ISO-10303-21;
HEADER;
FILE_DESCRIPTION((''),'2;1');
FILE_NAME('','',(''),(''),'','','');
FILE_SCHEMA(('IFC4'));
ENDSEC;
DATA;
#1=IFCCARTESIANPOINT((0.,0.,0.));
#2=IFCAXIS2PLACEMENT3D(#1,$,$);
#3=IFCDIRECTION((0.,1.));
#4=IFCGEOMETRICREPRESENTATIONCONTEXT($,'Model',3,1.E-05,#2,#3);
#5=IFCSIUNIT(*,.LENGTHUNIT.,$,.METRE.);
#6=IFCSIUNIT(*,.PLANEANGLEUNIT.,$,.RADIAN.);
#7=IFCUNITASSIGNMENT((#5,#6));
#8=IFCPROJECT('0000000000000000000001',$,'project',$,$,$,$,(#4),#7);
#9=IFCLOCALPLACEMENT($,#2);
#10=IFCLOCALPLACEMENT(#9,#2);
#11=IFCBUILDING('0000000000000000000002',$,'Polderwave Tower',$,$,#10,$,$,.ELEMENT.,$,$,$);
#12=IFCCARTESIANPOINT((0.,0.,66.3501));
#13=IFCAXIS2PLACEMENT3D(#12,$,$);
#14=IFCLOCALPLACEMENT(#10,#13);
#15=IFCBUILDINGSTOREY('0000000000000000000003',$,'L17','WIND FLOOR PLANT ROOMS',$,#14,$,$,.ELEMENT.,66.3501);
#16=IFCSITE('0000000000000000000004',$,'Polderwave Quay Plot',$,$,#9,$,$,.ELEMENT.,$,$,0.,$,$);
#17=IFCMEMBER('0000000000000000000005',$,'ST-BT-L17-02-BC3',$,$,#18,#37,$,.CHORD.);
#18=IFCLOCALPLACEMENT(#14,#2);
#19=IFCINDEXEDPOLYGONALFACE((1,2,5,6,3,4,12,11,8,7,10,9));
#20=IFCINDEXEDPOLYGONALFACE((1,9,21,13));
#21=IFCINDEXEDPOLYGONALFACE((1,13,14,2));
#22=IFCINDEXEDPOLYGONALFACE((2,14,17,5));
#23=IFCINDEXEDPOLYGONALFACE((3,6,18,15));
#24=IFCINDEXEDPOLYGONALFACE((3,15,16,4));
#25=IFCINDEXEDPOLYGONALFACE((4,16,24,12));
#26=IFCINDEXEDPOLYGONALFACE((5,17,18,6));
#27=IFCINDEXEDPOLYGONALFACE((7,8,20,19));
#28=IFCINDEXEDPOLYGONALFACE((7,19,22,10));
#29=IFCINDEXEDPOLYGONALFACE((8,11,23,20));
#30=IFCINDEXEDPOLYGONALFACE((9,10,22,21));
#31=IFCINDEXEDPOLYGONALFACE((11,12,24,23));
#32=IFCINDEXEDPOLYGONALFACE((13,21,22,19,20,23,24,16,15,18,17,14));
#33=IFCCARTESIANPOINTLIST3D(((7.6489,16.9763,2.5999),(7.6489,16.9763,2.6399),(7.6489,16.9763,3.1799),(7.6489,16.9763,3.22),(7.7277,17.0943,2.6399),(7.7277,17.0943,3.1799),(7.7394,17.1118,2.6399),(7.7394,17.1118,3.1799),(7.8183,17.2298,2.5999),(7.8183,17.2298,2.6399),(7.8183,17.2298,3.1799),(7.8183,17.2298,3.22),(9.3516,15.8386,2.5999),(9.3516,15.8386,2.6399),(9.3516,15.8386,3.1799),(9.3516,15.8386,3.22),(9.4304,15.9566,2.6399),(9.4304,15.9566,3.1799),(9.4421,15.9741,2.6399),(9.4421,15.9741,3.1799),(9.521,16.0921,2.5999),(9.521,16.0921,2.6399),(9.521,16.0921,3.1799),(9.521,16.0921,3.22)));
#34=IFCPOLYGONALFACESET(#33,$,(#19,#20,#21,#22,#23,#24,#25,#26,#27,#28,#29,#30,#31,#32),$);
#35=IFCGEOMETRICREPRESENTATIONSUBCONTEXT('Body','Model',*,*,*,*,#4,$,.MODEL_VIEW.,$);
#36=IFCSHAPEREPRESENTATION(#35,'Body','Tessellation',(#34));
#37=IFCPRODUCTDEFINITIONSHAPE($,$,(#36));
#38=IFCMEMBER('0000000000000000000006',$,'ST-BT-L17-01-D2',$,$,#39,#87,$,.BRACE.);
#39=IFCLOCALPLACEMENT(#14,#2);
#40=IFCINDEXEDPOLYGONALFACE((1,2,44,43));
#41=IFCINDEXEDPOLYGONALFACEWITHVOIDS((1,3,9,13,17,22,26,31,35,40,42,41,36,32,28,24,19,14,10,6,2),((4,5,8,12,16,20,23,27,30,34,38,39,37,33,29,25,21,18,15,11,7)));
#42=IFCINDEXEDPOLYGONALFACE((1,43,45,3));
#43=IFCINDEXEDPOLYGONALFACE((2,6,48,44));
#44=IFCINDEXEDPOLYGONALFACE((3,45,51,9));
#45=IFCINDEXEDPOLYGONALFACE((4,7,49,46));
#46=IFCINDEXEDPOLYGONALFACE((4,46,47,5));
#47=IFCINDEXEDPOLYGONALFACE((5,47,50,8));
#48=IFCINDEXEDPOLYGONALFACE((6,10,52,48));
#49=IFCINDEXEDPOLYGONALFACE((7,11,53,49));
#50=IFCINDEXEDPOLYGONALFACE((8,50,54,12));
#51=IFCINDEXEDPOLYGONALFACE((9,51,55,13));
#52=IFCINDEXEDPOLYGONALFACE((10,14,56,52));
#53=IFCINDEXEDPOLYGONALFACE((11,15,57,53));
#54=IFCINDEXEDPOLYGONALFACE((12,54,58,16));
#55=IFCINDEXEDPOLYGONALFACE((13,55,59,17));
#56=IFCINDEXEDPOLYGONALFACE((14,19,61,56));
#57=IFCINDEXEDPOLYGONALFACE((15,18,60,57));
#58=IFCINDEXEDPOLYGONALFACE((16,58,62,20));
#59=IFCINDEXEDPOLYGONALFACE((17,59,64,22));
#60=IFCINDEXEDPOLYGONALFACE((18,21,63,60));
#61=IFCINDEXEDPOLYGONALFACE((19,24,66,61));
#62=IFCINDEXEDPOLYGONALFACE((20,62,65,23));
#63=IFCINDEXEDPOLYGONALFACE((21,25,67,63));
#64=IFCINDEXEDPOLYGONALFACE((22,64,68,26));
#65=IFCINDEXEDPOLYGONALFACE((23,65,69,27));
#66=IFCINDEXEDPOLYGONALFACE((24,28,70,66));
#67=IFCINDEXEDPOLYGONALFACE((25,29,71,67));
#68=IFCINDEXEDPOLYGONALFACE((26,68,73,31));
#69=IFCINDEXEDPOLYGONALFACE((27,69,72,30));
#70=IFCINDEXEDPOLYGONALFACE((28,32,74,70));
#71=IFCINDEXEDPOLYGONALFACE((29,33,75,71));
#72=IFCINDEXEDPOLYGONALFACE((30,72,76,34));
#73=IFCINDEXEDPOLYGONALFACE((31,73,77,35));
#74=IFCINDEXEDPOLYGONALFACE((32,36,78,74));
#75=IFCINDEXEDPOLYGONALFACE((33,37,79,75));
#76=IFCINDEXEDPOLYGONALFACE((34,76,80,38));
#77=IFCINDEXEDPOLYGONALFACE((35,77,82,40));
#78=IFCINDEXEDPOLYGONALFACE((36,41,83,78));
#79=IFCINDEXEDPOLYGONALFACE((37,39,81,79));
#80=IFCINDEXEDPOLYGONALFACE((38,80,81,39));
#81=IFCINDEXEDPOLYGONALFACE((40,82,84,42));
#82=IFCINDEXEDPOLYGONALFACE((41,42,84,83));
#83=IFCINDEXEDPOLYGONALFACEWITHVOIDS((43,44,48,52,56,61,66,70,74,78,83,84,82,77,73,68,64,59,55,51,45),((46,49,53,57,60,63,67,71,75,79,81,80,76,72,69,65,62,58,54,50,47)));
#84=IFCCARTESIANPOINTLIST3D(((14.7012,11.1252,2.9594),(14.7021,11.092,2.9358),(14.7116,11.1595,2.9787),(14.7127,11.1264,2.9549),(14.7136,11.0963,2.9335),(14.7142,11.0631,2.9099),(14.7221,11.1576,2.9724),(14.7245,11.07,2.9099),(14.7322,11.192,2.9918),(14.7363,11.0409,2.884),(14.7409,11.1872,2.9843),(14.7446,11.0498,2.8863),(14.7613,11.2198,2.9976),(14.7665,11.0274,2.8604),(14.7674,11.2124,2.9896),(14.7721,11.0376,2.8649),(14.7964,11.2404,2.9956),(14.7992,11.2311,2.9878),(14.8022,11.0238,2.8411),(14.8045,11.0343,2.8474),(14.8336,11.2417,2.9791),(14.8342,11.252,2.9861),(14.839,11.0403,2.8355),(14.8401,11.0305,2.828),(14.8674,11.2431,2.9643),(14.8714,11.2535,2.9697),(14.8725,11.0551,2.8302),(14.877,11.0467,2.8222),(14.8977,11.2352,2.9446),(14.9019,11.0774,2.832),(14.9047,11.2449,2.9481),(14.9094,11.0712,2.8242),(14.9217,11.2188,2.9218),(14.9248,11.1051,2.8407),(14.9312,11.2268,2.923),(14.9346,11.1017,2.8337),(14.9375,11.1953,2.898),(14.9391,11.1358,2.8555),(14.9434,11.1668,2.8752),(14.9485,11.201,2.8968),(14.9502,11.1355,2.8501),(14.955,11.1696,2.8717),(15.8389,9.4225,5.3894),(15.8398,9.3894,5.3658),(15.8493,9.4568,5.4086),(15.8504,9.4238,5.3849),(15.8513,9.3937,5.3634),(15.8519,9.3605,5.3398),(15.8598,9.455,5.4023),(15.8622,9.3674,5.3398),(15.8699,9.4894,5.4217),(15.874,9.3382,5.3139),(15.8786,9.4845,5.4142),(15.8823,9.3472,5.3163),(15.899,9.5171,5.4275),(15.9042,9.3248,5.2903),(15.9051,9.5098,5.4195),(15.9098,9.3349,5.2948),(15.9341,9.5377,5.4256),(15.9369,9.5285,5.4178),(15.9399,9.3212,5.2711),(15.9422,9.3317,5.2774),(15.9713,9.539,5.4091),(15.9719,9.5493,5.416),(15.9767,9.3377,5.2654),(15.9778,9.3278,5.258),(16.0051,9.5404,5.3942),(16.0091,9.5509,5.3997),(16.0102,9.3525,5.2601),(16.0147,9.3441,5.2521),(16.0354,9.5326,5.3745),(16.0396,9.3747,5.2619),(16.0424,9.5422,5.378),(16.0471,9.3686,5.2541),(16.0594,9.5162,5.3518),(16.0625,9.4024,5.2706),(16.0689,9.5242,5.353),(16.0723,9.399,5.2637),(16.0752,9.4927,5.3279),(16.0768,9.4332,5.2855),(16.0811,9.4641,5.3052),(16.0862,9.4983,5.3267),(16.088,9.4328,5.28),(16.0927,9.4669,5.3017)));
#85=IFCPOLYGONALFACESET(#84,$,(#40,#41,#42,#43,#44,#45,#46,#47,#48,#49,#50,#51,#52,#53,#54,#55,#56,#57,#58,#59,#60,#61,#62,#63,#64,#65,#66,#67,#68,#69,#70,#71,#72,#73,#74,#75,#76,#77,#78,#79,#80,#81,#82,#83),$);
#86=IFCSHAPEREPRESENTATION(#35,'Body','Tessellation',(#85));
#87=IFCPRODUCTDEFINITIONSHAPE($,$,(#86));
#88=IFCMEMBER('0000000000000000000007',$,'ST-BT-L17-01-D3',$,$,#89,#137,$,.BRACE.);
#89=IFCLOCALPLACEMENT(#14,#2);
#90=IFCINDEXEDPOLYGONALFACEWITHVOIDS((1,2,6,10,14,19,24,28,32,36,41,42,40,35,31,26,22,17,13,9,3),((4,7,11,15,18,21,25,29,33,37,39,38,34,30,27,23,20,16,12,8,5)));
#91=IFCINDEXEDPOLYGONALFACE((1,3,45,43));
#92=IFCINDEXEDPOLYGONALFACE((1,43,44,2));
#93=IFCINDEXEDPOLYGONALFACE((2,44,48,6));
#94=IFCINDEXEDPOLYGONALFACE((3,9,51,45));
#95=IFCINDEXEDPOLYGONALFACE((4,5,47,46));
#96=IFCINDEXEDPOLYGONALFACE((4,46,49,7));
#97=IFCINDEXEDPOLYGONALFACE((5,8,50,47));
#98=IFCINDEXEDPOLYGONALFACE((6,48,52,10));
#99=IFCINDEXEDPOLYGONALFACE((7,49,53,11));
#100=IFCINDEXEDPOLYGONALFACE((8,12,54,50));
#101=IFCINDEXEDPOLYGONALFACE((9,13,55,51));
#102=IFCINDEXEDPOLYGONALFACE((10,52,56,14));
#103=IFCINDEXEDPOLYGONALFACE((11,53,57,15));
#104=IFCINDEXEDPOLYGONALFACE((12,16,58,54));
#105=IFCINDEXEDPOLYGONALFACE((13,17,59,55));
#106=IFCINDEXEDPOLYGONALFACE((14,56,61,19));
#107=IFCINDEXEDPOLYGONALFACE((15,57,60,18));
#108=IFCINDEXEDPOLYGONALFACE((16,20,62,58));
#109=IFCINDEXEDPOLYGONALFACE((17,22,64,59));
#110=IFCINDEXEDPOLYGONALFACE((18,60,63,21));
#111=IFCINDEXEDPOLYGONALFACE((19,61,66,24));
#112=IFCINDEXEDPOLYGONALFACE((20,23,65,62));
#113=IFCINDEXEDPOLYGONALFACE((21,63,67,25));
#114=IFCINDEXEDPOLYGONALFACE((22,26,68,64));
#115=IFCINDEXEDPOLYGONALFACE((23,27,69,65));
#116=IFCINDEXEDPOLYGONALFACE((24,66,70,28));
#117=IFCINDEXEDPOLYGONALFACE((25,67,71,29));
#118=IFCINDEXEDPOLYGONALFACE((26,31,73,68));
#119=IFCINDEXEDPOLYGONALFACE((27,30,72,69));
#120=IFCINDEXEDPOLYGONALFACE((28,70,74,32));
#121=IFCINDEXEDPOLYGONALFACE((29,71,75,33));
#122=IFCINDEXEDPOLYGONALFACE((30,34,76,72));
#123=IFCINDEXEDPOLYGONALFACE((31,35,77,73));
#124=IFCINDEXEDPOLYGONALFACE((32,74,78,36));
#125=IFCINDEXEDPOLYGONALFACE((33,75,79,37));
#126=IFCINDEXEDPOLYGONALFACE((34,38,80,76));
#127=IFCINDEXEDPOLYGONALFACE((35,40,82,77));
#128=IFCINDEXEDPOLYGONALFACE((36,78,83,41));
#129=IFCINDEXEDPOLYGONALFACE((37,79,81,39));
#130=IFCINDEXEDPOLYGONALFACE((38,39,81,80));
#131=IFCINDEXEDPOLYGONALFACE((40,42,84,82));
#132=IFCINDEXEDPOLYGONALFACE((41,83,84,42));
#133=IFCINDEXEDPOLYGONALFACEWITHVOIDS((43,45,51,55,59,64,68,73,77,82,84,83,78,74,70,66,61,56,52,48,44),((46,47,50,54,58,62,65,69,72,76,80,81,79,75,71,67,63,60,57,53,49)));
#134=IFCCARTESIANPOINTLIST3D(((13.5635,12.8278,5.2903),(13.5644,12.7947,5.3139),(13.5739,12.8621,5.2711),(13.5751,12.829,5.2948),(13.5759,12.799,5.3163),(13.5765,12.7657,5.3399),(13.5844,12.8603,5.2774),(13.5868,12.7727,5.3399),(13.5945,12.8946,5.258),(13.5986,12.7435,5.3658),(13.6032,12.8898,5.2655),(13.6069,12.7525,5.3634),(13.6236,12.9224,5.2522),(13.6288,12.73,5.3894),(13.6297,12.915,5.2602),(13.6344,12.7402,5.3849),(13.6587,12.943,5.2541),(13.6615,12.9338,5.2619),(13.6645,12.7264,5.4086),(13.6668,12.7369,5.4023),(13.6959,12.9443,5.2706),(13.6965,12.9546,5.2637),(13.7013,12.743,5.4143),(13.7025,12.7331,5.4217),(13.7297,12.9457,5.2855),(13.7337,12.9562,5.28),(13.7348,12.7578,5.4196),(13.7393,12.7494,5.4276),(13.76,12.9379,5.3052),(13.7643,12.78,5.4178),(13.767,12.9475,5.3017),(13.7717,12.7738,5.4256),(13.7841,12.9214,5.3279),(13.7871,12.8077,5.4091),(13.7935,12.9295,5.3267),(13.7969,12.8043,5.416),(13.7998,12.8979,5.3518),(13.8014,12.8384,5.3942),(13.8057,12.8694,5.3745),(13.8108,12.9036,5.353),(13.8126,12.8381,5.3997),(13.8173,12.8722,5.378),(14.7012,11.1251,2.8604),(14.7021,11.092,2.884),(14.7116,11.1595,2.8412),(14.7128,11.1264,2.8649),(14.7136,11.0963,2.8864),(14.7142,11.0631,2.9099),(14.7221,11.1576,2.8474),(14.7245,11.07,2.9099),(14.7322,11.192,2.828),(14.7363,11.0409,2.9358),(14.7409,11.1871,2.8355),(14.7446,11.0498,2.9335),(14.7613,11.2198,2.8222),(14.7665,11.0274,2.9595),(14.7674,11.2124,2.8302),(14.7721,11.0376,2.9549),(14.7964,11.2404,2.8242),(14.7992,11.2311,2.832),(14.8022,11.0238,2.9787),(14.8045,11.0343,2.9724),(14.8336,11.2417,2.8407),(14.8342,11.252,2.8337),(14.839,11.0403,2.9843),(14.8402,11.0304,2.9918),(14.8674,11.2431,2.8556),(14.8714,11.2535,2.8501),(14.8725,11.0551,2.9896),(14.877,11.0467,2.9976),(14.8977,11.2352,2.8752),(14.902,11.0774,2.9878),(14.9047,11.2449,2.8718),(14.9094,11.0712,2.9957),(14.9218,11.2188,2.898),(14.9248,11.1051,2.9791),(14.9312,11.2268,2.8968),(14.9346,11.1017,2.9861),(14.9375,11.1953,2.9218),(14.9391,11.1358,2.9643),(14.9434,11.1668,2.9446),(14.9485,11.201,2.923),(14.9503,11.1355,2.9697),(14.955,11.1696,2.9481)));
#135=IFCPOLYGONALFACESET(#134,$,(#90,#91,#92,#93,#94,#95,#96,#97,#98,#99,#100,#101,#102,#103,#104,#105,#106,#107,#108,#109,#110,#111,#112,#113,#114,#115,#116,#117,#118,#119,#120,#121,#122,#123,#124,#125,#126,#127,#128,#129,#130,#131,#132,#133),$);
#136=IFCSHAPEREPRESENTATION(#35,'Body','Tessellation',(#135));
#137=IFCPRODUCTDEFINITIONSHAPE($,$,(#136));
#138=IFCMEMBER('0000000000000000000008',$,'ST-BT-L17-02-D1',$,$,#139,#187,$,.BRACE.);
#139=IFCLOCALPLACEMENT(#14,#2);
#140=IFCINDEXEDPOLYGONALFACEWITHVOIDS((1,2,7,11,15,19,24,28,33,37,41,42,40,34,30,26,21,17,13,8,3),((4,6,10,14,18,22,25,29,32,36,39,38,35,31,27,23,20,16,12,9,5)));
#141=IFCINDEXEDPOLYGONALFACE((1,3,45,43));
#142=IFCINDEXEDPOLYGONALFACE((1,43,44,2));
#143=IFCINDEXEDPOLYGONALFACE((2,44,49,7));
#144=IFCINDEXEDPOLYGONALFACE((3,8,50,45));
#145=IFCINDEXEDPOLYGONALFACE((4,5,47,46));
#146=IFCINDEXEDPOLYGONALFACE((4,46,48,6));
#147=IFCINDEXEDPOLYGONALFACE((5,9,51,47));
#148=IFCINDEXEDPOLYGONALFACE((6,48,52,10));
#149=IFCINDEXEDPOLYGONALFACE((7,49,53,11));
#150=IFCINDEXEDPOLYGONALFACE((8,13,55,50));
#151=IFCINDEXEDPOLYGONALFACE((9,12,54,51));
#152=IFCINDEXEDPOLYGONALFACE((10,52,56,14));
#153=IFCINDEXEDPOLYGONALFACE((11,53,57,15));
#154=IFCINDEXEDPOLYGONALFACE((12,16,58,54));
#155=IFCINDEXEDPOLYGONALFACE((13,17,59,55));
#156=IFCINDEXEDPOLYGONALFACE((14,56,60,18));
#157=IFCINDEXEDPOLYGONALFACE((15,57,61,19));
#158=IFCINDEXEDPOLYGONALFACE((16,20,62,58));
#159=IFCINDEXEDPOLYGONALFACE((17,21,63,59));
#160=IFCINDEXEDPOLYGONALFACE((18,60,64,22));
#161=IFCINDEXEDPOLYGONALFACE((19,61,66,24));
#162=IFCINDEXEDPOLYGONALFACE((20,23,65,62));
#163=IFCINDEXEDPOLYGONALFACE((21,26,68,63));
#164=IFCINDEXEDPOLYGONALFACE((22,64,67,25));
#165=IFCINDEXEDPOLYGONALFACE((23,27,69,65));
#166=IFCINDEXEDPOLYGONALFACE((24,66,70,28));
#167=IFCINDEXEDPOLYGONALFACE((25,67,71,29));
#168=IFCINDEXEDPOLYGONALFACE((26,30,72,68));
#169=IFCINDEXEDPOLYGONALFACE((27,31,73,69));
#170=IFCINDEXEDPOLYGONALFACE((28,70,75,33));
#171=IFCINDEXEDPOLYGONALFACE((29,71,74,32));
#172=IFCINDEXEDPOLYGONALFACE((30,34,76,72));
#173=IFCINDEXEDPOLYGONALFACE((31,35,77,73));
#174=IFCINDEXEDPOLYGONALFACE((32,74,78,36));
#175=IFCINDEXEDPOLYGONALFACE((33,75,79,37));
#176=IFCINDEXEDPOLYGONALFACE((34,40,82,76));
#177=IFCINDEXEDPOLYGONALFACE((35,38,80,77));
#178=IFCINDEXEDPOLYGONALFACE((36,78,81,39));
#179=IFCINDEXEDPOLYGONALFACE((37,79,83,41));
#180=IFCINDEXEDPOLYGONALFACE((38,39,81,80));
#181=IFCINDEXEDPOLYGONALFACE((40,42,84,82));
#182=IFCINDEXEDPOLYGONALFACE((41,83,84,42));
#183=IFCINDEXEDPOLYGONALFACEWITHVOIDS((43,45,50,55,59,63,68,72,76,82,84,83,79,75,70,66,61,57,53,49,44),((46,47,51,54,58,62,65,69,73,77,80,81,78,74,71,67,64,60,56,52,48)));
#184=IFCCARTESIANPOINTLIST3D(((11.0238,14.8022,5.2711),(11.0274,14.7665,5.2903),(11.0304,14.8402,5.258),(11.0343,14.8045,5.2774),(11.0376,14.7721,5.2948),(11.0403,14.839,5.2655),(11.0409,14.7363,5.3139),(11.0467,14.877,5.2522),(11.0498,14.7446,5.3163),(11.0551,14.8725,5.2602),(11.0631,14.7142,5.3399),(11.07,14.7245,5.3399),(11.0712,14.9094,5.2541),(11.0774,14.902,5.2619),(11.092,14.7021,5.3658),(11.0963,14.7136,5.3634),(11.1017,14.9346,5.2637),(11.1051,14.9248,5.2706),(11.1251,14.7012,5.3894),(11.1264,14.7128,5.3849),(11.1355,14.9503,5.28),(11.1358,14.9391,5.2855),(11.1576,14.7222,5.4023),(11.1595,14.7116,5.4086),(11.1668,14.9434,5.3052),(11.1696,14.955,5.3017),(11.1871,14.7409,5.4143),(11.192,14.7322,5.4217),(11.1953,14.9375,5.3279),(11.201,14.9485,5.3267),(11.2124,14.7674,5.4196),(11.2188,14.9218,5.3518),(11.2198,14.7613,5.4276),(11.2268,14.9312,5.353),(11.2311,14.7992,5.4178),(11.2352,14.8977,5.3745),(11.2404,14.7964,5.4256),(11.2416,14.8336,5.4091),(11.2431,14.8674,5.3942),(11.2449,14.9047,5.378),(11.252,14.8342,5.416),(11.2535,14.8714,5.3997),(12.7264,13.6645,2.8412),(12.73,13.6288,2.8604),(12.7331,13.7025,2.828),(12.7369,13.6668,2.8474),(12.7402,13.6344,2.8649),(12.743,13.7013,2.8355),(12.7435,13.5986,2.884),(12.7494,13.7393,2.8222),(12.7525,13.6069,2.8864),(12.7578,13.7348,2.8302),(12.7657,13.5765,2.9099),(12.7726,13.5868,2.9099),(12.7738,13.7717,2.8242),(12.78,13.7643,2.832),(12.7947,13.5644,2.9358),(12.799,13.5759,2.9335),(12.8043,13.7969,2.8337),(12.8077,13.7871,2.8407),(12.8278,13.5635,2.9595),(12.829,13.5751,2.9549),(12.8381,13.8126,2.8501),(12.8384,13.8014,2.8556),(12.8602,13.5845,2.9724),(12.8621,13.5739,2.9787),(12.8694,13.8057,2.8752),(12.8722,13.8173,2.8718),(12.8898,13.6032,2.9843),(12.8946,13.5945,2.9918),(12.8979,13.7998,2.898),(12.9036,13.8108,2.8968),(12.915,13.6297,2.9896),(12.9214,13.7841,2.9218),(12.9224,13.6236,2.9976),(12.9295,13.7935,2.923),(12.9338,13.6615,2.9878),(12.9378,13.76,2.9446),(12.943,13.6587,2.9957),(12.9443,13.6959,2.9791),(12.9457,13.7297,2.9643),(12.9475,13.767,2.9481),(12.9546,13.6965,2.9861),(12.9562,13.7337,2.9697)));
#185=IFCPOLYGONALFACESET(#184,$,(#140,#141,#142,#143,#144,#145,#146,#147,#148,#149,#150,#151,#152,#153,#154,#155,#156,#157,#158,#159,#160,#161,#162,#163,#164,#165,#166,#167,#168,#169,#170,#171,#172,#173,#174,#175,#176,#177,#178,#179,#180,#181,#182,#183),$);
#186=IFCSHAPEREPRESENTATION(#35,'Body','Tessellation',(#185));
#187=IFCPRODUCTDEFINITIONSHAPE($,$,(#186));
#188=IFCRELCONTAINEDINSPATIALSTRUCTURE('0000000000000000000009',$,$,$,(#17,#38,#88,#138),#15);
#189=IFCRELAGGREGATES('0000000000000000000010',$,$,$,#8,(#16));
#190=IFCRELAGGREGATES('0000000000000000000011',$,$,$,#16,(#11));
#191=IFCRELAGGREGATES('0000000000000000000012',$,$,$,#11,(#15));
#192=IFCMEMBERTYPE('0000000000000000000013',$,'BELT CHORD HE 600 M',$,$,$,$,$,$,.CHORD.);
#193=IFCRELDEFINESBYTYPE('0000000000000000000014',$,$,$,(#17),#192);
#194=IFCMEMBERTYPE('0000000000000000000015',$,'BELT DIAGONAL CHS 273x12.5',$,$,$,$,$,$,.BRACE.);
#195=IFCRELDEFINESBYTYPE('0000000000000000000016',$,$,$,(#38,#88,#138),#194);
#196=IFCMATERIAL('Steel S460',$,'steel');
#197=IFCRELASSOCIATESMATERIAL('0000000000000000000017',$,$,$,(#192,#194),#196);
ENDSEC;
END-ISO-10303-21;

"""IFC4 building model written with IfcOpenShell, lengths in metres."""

from ifc_helpers import new_model, si_unit, direction, frame, origin, origin_2d, place, context, subcontext, project, spatial, hollow_circle, i_section, extrude, material, material_profile, profile_set, type_object, element, save


model = new_model("IFC4")

# Units and contexts
model_context = context("Model", 3, precision=1e-05, world=origin(), true_north=direction((0.0, 1.0)))
body_context = subcontext(model_context, "Body", "Model", "MODEL_VIEW")
ifc_project = project(units=[si_unit("LENGTHUNIT", "METRE"), si_unit("PLANEANGLEUNIT", "RADIAN")], contexts=[model_context])

# Site, building, storey
site_placement = place(None, origin())
site = spatial("IfcSite", under=ifc_project, at=site_placement, Name="Polderwave Quay Plot", CompositionType="ELEMENT", RefElevation=0.0)
building_placement = place(site_placement, origin())
building = spatial("IfcBuilding", under=site, at=building_placement, Name="Polderwave Tower", CompositionType="ELEMENT")
storey_placement = place(building_placement, frame((0.0, 0.0, 66.3501)))
storey = spatial("IfcBuildingStorey", under=building, at=storey_placement, Name="L17", Description="WIND FLOOR PLANT ROOMS", CompositionType="ELEMENT", Elevation=66.3501)

# Members
ifc_material_1 = material(Name="Steel S460", Category="steel")
ifc_material_profile_1 = material_profile(ifc_material_1, i_section(OverallWidth=0.3049, OverallDepth=0.6201, WebThickness=0.021, FlangeThickness=0.04, at=origin_2d()), Name="HE 600 M")
ifc_profile_set_1 = profile_set([ifc_material_profile_1], Name="Steel S460")
member_type_1 = type_object("IfcMemberType", Name="BELT CHORD HE 600 M", PredefinedType="CHORD", material=ifc_profile_set_1)
for number, where, z_axis, x_axis, name in (
    (1, (9.4363, 15.9653, 2.9099), (-0.831463, 0.55558, 0.0), (-0.55558, -0.831463, 0.0), "ST-BT-L17-02-BC3"),
):
    element("IfcMember", number, at=place(storey_placement, frame(where, z_axis=z_axis, x_axis=x_axis)), inside=storey, type_object=member_type_1, Name=name, PredefinedType="CHORD", context=body_context, shape_type="SweptSolid", body=[
        extrude(i_section(OverallWidth=0.3049, OverallDepth=0.6201, WebThickness=0.021, FlangeThickness=0.04, at=origin_2d()), origin(), (0.0, 0.0, 1.0), 2.0479),
    ])
ifc_material_profile_2 = material_profile(ifc_material_1, hollow_circle(Radius=0.1365, WallThickness=0.0125, at=origin_2d()), Name="CHS 273x12.5")
ifc_profile_set_2 = profile_set([ifc_material_profile_2], Name="Steel S460")
member_type_2 = type_object("IfcMemberType", Name="BELT DIAGONAL CHS 273x12.5", PredefinedType="BRACE", material=ifc_profile_set_2)
for number, where, z_axis, x_axis, name in (
    (2, (15.9653, 9.4363, 5.3398), (-0.358023, 0.535805, -0.764678), (-0.831463, -0.55558, 0.0), "ST-BT-L17-01-D2"),
    (3, (14.8276, 11.1389, 2.9099), (-0.358023, 0.535805, 0.764678), (-0.831463, -0.55558, 0.0), "ST-BT-L17-01-D3"),
    (4, (12.8416, 13.6899, 2.9099), (-0.535805, 0.358023, 0.764678), (-0.55558, -0.831463, 0.0), "ST-BT-L17-02-D1"),
):
    element("IfcMember", number, at=place(storey_placement, frame(where, z_axis=z_axis, x_axis=x_axis)), inside=storey, type_object=member_type_2, Name=name, PredefinedType="BRACE", context=body_context, shape_type="SweptSolid", body=[
        extrude(hollow_circle(Radius=0.1365, WallThickness=0.0125, at=origin_2d()), origin(), (0.0, 0.0, 1.0), 3.1777),
    ])

save(model, "model.ifc")
